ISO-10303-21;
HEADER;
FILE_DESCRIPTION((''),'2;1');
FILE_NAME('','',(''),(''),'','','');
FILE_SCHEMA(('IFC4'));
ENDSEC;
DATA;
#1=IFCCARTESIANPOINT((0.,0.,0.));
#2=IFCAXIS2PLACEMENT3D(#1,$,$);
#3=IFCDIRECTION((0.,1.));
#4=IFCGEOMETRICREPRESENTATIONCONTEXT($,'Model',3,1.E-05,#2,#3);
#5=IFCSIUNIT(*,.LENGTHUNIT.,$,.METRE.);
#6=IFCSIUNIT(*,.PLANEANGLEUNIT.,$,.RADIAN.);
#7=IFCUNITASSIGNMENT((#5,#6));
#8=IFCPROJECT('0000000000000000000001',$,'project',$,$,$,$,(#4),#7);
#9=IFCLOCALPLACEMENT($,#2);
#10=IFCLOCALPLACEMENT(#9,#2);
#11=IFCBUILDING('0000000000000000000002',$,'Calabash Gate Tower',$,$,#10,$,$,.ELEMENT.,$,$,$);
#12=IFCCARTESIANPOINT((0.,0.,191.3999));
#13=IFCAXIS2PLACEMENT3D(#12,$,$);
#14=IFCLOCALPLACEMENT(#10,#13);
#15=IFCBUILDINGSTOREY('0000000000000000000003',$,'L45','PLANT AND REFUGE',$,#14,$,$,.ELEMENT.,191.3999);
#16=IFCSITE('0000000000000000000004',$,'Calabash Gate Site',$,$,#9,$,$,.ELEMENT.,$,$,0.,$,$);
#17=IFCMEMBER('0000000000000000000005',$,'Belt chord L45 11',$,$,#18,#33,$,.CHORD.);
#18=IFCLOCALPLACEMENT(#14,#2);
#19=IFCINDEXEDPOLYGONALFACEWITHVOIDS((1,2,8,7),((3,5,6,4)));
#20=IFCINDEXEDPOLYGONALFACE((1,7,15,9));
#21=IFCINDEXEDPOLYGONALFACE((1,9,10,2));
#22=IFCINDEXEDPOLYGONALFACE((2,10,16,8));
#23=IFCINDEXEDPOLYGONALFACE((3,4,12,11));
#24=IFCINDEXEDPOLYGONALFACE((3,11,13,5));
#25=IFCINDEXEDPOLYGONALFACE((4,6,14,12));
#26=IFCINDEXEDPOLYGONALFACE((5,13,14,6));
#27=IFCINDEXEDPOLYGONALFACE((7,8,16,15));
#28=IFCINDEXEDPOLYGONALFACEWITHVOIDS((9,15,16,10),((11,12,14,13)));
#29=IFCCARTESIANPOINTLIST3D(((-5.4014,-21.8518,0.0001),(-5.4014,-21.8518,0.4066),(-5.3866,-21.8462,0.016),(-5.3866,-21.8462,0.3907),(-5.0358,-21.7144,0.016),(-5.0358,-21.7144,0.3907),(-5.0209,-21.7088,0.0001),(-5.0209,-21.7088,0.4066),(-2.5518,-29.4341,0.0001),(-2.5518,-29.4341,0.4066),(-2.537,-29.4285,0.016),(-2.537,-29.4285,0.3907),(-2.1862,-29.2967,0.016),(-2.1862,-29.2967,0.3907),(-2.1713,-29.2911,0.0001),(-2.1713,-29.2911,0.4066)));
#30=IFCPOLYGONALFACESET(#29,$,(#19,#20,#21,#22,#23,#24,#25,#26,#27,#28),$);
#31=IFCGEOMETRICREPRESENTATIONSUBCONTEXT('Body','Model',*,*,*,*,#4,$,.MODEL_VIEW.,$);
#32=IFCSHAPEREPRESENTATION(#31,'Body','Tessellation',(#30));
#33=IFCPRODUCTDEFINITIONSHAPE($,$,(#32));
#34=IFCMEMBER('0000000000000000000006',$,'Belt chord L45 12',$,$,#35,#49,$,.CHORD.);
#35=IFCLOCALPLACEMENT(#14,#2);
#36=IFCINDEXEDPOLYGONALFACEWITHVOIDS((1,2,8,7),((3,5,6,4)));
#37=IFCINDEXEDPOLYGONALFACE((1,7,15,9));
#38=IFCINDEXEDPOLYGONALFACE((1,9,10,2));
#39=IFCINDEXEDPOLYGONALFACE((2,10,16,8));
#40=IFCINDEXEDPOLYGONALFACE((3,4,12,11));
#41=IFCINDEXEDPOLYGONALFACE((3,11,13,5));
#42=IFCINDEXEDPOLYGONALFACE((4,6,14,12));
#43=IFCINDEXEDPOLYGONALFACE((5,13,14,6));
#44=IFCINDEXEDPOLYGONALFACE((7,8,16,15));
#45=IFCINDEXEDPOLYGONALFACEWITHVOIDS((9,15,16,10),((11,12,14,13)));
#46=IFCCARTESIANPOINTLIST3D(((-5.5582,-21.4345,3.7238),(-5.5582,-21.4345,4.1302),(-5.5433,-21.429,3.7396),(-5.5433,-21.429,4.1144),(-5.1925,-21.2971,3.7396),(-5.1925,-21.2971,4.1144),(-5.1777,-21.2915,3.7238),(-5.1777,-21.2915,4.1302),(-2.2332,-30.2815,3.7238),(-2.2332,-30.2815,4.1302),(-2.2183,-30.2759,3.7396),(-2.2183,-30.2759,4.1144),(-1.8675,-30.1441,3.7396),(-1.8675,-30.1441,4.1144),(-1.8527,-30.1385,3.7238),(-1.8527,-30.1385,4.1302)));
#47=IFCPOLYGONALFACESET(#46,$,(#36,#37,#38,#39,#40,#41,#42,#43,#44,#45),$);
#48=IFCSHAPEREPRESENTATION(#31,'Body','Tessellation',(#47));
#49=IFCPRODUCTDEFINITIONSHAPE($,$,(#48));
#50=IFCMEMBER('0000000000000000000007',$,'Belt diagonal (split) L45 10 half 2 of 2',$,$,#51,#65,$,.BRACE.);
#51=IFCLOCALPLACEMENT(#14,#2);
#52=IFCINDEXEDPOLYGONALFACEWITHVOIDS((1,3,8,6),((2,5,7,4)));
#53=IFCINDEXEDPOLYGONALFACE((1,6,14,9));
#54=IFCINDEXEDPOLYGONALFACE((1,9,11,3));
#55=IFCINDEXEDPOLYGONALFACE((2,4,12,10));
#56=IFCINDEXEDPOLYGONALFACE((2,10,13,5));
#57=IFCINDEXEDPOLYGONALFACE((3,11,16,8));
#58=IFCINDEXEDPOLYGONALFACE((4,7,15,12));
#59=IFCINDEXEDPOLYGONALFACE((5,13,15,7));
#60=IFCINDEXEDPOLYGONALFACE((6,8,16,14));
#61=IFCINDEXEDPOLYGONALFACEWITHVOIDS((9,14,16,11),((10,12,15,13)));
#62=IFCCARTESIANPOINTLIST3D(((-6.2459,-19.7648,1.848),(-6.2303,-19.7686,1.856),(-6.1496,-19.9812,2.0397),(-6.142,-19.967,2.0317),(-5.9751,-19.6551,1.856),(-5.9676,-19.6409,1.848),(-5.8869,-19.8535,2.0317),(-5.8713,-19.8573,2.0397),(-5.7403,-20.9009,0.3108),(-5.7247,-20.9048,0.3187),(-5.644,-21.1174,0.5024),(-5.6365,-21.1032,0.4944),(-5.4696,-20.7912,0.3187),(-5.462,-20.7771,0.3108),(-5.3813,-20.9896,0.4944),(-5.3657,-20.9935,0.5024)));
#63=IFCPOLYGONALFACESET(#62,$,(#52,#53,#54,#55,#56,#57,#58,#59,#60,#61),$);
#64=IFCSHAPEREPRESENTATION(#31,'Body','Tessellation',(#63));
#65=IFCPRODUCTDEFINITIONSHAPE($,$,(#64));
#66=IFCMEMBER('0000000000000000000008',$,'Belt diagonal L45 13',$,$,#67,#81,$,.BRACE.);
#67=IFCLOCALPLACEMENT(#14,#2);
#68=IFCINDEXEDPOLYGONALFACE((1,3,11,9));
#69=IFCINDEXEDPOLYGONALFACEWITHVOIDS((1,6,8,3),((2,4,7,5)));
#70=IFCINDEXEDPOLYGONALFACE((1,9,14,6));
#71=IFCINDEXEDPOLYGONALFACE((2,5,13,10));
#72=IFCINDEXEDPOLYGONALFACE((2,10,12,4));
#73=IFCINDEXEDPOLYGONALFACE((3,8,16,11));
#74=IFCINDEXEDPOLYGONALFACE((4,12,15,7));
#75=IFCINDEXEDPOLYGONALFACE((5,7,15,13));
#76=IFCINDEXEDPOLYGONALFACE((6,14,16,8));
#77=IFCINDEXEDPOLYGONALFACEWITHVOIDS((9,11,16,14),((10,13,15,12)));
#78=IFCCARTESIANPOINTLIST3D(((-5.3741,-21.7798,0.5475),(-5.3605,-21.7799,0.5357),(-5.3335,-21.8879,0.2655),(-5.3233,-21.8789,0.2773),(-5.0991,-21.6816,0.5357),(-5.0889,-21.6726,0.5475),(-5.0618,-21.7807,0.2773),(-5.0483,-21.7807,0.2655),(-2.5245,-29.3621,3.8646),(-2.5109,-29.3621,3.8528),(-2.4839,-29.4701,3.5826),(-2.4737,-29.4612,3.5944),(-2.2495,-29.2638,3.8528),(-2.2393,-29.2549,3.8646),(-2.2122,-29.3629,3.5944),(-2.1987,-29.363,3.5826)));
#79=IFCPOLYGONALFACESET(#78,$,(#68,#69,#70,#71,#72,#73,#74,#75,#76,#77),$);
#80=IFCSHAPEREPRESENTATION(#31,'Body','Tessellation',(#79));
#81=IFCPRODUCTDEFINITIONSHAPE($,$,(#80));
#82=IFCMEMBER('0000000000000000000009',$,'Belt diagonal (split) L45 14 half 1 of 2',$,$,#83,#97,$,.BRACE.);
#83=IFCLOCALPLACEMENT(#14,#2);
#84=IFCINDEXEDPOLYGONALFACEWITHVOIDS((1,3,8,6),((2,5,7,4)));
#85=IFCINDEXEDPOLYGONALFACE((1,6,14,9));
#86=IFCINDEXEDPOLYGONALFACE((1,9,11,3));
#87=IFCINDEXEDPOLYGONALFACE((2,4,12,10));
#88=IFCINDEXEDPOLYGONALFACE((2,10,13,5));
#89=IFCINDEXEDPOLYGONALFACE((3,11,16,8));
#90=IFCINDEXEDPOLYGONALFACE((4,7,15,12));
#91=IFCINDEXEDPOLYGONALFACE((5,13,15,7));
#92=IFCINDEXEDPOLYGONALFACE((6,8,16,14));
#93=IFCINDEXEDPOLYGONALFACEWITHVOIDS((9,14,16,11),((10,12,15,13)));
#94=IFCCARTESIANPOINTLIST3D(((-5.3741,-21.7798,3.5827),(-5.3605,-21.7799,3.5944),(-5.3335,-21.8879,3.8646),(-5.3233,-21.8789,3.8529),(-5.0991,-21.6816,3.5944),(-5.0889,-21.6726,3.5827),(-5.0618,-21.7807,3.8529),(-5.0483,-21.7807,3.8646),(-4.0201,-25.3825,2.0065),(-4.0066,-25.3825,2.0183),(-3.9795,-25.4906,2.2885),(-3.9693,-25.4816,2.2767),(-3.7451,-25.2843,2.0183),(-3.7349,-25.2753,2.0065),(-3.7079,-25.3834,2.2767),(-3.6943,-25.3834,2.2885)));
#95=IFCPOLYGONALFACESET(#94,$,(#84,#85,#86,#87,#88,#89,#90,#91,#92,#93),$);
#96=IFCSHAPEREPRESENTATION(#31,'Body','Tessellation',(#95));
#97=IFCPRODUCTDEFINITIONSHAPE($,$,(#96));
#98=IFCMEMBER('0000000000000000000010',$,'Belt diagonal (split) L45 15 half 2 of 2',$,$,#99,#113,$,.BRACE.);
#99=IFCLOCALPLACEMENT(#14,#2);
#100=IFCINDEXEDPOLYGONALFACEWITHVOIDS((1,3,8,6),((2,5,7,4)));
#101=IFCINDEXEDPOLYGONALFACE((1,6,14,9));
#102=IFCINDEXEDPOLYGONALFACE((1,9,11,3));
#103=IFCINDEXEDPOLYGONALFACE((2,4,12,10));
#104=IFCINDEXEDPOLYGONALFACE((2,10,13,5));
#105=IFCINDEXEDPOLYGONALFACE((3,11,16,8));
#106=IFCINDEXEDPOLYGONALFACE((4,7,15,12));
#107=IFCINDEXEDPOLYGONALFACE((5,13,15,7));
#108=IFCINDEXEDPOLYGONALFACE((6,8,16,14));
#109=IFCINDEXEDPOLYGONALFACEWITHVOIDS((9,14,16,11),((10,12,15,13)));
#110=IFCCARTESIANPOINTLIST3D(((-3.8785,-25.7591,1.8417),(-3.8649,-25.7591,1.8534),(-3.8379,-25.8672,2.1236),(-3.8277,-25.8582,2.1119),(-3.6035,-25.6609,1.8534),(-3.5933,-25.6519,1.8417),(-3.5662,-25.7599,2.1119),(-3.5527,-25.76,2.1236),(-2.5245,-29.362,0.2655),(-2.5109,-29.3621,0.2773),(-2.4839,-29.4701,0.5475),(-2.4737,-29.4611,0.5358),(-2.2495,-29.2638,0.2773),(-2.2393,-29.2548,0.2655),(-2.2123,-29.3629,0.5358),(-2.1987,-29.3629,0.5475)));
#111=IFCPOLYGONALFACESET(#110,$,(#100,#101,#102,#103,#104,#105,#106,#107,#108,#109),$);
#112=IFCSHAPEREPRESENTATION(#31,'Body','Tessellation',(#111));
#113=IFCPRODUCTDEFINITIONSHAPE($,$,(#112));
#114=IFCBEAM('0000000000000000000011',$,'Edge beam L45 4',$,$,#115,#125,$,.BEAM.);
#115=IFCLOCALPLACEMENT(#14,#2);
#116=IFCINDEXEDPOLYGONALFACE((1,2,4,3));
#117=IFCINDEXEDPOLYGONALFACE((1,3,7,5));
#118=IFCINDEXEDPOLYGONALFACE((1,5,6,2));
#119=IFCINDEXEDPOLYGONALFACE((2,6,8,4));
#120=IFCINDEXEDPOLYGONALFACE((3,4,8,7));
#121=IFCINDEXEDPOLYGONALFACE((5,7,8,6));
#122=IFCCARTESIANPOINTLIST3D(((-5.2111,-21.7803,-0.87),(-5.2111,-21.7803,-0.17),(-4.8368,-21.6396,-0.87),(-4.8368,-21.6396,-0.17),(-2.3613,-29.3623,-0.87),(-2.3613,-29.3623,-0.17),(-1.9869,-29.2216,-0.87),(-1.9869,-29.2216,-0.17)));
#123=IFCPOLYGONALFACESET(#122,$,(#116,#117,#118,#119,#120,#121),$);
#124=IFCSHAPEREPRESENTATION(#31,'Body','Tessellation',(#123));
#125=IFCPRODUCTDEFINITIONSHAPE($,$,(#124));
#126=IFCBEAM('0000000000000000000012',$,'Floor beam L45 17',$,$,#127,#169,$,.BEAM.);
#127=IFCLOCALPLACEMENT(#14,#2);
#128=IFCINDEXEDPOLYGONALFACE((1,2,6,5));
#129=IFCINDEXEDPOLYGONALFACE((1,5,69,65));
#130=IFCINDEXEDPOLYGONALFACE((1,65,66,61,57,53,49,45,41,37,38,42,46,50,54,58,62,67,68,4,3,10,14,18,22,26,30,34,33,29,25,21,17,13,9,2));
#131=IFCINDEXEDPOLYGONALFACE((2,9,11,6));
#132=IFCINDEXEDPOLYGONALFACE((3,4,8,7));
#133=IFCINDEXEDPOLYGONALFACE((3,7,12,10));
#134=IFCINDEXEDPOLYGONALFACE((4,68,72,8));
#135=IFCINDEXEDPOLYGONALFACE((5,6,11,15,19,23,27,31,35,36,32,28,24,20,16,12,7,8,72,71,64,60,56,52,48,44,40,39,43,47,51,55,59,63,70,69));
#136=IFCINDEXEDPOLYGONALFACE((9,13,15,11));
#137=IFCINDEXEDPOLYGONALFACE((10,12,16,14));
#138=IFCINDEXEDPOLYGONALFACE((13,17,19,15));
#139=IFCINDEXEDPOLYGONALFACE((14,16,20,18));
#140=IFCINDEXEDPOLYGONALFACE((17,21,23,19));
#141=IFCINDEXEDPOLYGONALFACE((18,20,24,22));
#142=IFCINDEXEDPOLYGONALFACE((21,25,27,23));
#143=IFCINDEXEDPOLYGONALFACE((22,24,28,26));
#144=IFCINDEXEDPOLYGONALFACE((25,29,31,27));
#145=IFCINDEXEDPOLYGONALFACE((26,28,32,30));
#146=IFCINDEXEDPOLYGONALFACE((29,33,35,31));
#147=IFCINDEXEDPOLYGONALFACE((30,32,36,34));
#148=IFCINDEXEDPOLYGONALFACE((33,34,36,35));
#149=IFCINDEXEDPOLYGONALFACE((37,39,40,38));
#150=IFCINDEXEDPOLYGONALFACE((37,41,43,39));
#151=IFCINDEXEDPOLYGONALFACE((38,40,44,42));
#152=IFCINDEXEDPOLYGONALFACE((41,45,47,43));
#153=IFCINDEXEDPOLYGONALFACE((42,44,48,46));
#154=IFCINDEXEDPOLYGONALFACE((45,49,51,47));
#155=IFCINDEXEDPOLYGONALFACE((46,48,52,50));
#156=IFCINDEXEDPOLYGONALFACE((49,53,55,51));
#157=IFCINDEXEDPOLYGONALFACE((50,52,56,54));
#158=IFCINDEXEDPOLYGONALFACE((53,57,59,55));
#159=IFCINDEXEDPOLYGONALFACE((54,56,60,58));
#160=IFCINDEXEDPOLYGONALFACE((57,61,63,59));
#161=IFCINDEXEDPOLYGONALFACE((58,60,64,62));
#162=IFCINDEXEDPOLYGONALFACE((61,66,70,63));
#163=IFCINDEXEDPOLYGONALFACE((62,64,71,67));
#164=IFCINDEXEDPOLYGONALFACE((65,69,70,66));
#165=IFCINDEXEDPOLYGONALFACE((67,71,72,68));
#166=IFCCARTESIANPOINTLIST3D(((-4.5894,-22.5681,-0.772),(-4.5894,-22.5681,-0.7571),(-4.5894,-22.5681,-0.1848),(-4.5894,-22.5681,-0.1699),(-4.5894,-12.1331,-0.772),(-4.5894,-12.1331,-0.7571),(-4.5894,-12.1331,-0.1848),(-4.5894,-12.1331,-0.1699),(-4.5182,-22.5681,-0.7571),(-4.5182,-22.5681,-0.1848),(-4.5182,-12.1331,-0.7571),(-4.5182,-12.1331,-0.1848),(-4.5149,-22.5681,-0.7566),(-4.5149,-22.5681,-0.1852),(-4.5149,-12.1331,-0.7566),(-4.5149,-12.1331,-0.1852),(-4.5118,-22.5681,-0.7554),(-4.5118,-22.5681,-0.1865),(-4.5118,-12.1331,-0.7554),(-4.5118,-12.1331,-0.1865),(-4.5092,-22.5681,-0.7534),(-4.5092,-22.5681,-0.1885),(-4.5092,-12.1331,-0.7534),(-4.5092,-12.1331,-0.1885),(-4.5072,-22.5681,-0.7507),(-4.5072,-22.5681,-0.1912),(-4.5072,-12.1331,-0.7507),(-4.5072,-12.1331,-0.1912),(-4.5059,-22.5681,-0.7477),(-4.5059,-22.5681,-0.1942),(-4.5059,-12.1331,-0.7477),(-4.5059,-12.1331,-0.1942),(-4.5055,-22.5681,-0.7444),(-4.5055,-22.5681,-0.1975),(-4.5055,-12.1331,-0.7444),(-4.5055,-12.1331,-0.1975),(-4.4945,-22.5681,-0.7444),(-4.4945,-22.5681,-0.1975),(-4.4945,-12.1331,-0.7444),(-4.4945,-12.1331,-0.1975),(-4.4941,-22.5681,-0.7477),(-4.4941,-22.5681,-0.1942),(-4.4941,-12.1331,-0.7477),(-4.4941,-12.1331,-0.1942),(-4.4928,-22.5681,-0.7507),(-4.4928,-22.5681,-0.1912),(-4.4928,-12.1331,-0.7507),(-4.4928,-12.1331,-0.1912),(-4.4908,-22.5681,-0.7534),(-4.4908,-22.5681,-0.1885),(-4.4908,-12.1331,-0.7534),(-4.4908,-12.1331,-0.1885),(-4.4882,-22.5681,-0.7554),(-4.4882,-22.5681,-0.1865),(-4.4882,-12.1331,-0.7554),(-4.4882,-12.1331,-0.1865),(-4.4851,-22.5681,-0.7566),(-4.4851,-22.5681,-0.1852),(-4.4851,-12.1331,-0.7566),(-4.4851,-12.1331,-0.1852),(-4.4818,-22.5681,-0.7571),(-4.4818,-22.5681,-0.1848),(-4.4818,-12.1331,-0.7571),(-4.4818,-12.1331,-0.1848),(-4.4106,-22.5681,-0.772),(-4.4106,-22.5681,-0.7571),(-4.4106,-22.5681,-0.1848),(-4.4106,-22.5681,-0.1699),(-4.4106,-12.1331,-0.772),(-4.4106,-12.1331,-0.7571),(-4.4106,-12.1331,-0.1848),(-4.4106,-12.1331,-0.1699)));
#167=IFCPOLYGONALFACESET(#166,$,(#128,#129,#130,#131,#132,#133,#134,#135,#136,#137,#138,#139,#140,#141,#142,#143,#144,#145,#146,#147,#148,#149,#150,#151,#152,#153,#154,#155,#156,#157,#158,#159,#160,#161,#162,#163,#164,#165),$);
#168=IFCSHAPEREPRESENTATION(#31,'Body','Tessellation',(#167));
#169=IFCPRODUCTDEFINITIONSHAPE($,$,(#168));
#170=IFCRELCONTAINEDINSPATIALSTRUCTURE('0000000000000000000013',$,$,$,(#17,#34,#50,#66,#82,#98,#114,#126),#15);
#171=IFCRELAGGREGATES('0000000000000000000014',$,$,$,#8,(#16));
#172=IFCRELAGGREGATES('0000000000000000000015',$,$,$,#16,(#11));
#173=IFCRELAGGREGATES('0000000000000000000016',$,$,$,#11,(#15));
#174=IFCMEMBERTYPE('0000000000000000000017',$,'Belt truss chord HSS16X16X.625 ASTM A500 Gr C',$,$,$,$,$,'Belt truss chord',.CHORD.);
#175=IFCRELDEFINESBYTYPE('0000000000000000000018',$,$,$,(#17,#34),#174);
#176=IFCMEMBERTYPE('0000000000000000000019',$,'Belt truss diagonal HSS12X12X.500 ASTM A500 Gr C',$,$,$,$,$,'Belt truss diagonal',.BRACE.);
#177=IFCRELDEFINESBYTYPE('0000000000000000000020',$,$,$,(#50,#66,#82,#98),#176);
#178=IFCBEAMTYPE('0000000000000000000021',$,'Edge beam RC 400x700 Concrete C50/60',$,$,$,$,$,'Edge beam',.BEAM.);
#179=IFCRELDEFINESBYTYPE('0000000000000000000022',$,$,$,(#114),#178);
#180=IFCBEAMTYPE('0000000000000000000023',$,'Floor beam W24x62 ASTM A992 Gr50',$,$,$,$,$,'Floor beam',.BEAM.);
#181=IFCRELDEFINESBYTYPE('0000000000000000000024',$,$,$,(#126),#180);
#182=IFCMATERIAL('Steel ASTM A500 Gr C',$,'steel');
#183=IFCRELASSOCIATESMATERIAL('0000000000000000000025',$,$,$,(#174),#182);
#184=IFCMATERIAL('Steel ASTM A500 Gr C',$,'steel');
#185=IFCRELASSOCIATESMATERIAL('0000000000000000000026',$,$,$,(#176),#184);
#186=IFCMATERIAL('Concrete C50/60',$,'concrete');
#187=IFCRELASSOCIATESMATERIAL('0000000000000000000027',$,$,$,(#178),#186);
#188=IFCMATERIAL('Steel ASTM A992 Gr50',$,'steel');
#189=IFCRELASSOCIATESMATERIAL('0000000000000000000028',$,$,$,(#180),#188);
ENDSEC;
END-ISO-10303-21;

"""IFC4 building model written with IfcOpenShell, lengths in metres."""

from ifc_helpers import new_model, si_unit, direction, frame, origin, origin_2d, place, context, subcontext, project, spatial, rectangle, hollow_rectangle, i_section, extrude, material, material_profile, profile_set, type_object, element, save


model = new_model("IFC4")

# Units and contexts
model_context = context("Model", 3, precision=1e-05, world=origin(), true_north=direction((0.0, 1.0)))
body_context = subcontext(model_context, "Body", "Model", "MODEL_VIEW")
ifc_project = project(units=[si_unit("LENGTHUNIT", "METRE"), si_unit("PLANEANGLEUNIT", "RADIAN")], contexts=[model_context])

# Site, building, storey
site_placement = place(None, origin())
site = spatial("IfcSite", under=ifc_project, at=site_placement, Name="Calabash Gate Site", CompositionType="ELEMENT", RefElevation=0.0)
building_placement = place(site_placement, origin())
building = spatial("IfcBuilding", under=site, at=building_placement, Name="Calabash Gate Tower", CompositionType="ELEMENT")
storey_placement = place(building_placement, frame((0.0, 0.0, 191.3999)))
storey = spatial("IfcBuildingStorey", under=building, at=storey_placement, Name="L45", Description="PLANT AND REFUGE", CompositionType="ELEMENT", Elevation=191.3999)

# Members
ifc_material_1 = material(Name="Steel ASTM A500 Gr C", Category="steel")
ifc_material_profile_1 = material_profile(ifc_material_1, hollow_rectangle(XDim=0.4065, YDim=0.4065, WallThickness=0.0159, at=origin_2d()))
ifc_profile_set_1 = profile_set([ifc_material_profile_1], Name="Steel ASTM A500 Gr C")
member_type_1 = type_object("IfcMemberType", Name="Belt truss chord HSS16X16X.625 ASTM A500 Gr C", ElementType="Belt truss chord", PredefinedType="CHORD", material=ifc_profile_set_1)
member_1_placement = place(storey_placement, frame((-5.2112, -21.7803, 0.2034), z_axis=(0.3518, -0.936075, 0.0), x_axis=(0.936075, 0.3518, 0.0)))
element("IfcMember", 1, at=member_1_placement, inside=storey, type_object=member_type_1, Name="Belt chord L45 11", PredefinedType="CHORD", context=body_context, shape_type="SweptSolid", body=[
    extrude(hollow_rectangle(XDim=0.4065, YDim=0.4065, WallThickness=0.0159, at=origin_2d()), origin(), (0.0, 0.0, 1.0), 8.1001),
])
member_2_placement = place(storey_placement, frame((-5.3679, -21.363, 3.927), z_axis=(0.351806, -0.936073, 0.0), x_axis=(0.936073, 0.351806, 0.0)))
element("IfcMember", 2, at=member_2_placement, inside=storey, type_object=member_type_1, Name="Belt chord L45 12", PredefinedType="CHORD", context=body_context, shape_type="SweptSolid", body=[
    extrude(hollow_rectangle(XDim=0.4065, YDim=0.4065, WallThickness=0.0159, at=origin_2d()), origin(), (0.0, 0.0, 1.0), 9.4512),
])
ifc_material_2 = material(Name="Steel ASTM A500 Gr C", Category="steel")
ifc_material_profile_2 = material_profile(ifc_material_2, hollow_rectangle(XDim=0.3047, YDim=0.3047, WallThickness=0.0127, at=origin_2d()))
ifc_profile_set_2 = profile_set([ifc_material_profile_2], Name="Steel ASTM A500 Gr C")
member_type_2 = type_object("IfcMemberType", Name="Belt truss diagonal HSS12X12X.500 ASTM A500 Gr C", ElementType="Belt truss diagonal", PredefinedType="BRACE", material=ifc_profile_set_2)
member_3_placement = place(storey_placement, frame((-6.0586, -19.811, 1.9438), z_axis=(0.255697, -0.574607, -0.777461), x_axis=(0.913625, 0.406557, 0.0)))
element("IfcMember", 3, at=member_3_placement, inside=storey, type_object=member_type_2, Name="Belt diagonal (split) L45 10 half 2 of 2", PredefinedType="BRACE", context=body_context, shape_type="SweptSolid", body=[
    extrude(hollow_rectangle(XDim=0.3047, YDim=0.3047, WallThickness=0.0127, at=origin_2d()), origin(), (0.0, 0.0, 1.0), 1.9773),
])
member_4_placement = place(storey_placement, frame((-5.2112, -21.7803, 0.4065), z_axis=(0.325559, -0.866251, 0.378973), x_axis=(0.936075, 0.3518, 0.0)))
element("IfcMember", 4, at=member_4_placement, inside=storey, type_object=member_type_2, Name="Belt diagonal L45 13", PredefinedType="BRACE", context=body_context, shape_type="SweptSolid", body=[
    extrude(hollow_rectangle(XDim=0.3047, YDim=0.3047, WallThickness=0.0127, at=origin_2d()), origin(), (0.0, 0.0, 1.0), 8.7529),
])
member_5_placement = place(storey_placement, frame((-5.2112, -21.7803, 3.7236), z_axis=(0.325556, -0.866252, -0.378974), x_axis=(0.936076, 0.351798, 0.0)))
element("IfcMember", 5, at=member_5_placement, inside=storey, type_object=member_type_2, Name="Belt diagonal (split) L45 14 half 1 of 2", PredefinedType="BRACE", context=body_context, shape_type="SweptSolid", body=[
    extrude(hollow_rectangle(XDim=0.3047, YDim=0.3047, WallThickness=0.0127, at=origin_2d()), origin(), (0.0, 0.0, 1.0), 4.1589),
])
member_6_placement = place(storey_placement, frame((-3.7156, -25.7595, 1.9827), z_axis=(0.32554, -0.866266, -0.378955), x_axis=(0.936084, 0.351777, 0.0)))
element("IfcMember", 6, at=member_6_placement, inside=storey, type_object=member_type_2, Name="Belt diagonal (split) L45 15 half 2 of 2", PredefinedType="BRACE", context=body_context, shape_type="SweptSolid", body=[
    extrude(hollow_rectangle(XDim=0.3047, YDim=0.3047, WallThickness=0.0127, at=origin_2d()), origin(), (0.0, 0.0, 1.0), 4.1592),
])

# Beams
ifc_material_3 = material(Name="Concrete C50/60", Category="concrete")
ifc_material_profile_3 = material_profile(ifc_material_3, rectangle(XDim=0.3999, YDim=0.7, at=origin_2d()))
ifc_profile_set_3 = profile_set([ifc_material_profile_3], Name="Concrete C50/60")
beam_type_1 = type_object("IfcBeamType", Name="Edge beam RC 400x700 Concrete C50/60", ElementType="Edge beam", PredefinedType="BEAM", material=ifc_profile_set_3)
beam_1_placement = place(storey_placement, frame((-5.0239, -21.71, -0.52), z_axis=(0.351837, -0.936061, 0.0), x_axis=(0.936061, 0.351837, 0.0)))
element("IfcBeam", 7, at=beam_1_placement, inside=storey, type_object=beam_type_1, Name="Edge beam L45 4", PredefinedType="BEAM", context=body_context, shape_type="SweptSolid", body=[
    extrude(rectangle(XDim=0.3999, YDim=0.7, at=origin_2d()), origin(), (0.0, 0.0, 1.0), 8.0999),
])
ifc_material_4 = material(Name="Steel ASTM A992 Gr50", Category="steel")
ifc_material_profile_4 = material_profile(ifc_material_4, i_section(OverallWidth=0.1787, OverallDepth=0.6021, WebThickness=0.011, FlangeThickness=0.0149, FilletRadius=0.0127, at=origin_2d()))
ifc_profile_set_4 = profile_set([ifc_material_profile_4], Name="Steel ASTM A992 Gr50")
beam_type_2 = type_object("IfcBeamType", Name="Floor beam W24x62 ASTM A992 Gr50", ElementType="Floor beam", PredefinedType="BEAM", material=ifc_profile_set_4)
beam_2_placement = place(storey_placement, frame((-4.5, -22.5681, -0.4709), z_axis=(0.0, 1.0, 0.0), x_axis=(-1.0, 0.0, 0.0)))
element("IfcBeam", 8, at=beam_2_placement, inside=storey, type_object=beam_type_2, Name="Floor beam L45 17", PredefinedType="BEAM", context=body_context, shape_type="SweptSolid", body=[
    extrude(i_section(OverallWidth=0.1787, OverallDepth=0.6021, WebThickness=0.011, FlangeThickness=0.0149, FilletRadius=0.0127, at=origin_2d()), origin(), (0.0, 0.0, 1.0), 10.4351),
])

save(model, "model.ifc")
